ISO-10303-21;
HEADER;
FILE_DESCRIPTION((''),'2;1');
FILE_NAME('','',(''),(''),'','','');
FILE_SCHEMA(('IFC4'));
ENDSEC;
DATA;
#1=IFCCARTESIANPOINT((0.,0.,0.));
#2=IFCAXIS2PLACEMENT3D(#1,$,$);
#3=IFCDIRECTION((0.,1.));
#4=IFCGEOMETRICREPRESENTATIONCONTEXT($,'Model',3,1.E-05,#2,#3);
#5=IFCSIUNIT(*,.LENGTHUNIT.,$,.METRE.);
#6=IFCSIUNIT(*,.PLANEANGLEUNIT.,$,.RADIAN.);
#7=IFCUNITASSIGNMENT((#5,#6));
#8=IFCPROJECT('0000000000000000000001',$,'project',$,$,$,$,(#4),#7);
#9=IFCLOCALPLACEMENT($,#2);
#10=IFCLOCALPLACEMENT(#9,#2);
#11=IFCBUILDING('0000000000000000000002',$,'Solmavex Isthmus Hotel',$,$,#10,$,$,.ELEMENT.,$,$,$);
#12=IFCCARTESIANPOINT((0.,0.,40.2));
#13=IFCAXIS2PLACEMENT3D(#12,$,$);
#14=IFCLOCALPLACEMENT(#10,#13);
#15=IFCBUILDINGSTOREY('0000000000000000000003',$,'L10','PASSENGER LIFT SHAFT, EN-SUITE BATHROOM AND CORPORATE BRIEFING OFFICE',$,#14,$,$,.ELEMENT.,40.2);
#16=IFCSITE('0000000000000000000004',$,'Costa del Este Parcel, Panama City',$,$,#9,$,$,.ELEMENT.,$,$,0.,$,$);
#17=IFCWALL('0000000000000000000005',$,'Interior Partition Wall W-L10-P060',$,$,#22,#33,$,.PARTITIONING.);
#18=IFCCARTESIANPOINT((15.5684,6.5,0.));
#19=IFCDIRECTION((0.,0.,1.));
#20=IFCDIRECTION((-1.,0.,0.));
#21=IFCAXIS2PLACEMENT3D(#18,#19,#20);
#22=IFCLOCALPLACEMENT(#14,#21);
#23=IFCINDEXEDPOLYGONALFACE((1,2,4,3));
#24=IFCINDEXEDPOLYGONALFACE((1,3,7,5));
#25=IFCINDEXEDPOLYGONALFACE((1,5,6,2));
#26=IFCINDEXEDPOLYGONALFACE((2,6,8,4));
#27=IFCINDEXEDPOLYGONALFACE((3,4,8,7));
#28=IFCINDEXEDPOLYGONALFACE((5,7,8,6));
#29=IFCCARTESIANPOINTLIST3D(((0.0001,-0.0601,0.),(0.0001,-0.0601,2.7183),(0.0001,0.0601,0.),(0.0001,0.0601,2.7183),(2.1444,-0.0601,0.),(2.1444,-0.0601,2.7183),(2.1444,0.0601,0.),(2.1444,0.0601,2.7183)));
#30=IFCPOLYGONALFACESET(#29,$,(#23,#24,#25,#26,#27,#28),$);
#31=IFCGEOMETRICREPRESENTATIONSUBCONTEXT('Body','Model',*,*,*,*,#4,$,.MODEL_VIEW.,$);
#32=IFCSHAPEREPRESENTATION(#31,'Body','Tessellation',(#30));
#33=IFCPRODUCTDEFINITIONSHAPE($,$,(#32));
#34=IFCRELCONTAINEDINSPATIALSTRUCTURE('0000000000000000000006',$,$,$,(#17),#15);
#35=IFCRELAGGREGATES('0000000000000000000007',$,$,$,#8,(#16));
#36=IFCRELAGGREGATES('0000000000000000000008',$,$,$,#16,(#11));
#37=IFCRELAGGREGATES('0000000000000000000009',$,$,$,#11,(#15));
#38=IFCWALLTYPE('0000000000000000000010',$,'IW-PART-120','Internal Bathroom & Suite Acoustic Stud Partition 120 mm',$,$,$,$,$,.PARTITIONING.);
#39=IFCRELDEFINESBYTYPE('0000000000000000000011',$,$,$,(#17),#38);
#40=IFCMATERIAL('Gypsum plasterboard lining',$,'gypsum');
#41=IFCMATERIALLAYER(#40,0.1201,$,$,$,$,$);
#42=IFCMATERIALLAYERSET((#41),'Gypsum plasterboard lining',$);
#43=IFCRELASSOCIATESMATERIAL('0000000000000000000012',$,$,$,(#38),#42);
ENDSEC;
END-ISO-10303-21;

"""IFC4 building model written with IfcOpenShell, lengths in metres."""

from ifc_helpers import new_model, si_unit, direction, frame, frame_2d, origin, place, context, subcontext, project, spatial, rectangle, extrude, material, layer, layer_set, type_object, element, save


model = new_model("IFC4")

# Units and contexts
model_context = context("Model", 3, precision=1e-05, world=origin(), true_north=direction((0.0, 1.0)))
body_context = subcontext(model_context, "Body", "Model", "MODEL_VIEW")
ifc_project = project(units=[si_unit("LENGTHUNIT", "METRE"), si_unit("PLANEANGLEUNIT", "RADIAN")], contexts=[model_context])

# Site, building, storey
site_placement = place(None, origin())
site = spatial("IfcSite", under=ifc_project, at=site_placement, Name="Costa del Este Parcel, Panama City", CompositionType="ELEMENT", RefElevation=0.0)
building_placement = place(site_placement, origin())
building = spatial("IfcBuilding", under=site, at=building_placement, Name="Solmavex Isthmus Hotel", CompositionType="ELEMENT")
storey_placement = place(building_placement, frame((0.0, 0.0, 40.2)))
storey = spatial("IfcBuildingStorey", under=building, at=storey_placement, Name="L10", Description="PASSENGER LIFT SHAFT, EN-SUITE BATHROOM AND CORPORATE BRIEFING OFFICE", CompositionType="ELEMENT", Elevation=40.2)

# Shared definitions
ifc_material_1 = material(Name="Gypsum plasterboard lining", Category="gypsum")

# Shared definitions
ifc_layer_1 = layer(ifc_material_1, 0.1201)
ifc_layer_set_1 = layer_set([ifc_layer_1], Name="Gypsum plasterboard lining")
wall_type_1 = type_object("IfcWallType", Name="IW-PART-120", Description="Internal Bathroom & Suite Acoustic Stud Partition 120 mm", PredefinedType="PARTITIONING", material=ifc_layer_set_1)

# Wall
wall_1_placement = place(storey_placement, frame((15.5684, 6.5, 0.0), z_axis=(0.0, 0.0, 1.0), x_axis=(-1.0, 0.0, 0.0)))
element("IfcWall", 1, at=wall_1_placement, inside=storey, type_object=wall_type_1, Name="Interior Partition Wall W-L10-P060", PredefinedType="PARTITIONING", context=body_context, shape_type="SweptSolid", body=[
    extrude(rectangle(XDim=2.1443, YDim=0.1201, at=frame_2d((1.0723, 0.0))), origin(), (0.0, 0.0, 1.0), 2.7183),
])

save(model, "model.ifc")
